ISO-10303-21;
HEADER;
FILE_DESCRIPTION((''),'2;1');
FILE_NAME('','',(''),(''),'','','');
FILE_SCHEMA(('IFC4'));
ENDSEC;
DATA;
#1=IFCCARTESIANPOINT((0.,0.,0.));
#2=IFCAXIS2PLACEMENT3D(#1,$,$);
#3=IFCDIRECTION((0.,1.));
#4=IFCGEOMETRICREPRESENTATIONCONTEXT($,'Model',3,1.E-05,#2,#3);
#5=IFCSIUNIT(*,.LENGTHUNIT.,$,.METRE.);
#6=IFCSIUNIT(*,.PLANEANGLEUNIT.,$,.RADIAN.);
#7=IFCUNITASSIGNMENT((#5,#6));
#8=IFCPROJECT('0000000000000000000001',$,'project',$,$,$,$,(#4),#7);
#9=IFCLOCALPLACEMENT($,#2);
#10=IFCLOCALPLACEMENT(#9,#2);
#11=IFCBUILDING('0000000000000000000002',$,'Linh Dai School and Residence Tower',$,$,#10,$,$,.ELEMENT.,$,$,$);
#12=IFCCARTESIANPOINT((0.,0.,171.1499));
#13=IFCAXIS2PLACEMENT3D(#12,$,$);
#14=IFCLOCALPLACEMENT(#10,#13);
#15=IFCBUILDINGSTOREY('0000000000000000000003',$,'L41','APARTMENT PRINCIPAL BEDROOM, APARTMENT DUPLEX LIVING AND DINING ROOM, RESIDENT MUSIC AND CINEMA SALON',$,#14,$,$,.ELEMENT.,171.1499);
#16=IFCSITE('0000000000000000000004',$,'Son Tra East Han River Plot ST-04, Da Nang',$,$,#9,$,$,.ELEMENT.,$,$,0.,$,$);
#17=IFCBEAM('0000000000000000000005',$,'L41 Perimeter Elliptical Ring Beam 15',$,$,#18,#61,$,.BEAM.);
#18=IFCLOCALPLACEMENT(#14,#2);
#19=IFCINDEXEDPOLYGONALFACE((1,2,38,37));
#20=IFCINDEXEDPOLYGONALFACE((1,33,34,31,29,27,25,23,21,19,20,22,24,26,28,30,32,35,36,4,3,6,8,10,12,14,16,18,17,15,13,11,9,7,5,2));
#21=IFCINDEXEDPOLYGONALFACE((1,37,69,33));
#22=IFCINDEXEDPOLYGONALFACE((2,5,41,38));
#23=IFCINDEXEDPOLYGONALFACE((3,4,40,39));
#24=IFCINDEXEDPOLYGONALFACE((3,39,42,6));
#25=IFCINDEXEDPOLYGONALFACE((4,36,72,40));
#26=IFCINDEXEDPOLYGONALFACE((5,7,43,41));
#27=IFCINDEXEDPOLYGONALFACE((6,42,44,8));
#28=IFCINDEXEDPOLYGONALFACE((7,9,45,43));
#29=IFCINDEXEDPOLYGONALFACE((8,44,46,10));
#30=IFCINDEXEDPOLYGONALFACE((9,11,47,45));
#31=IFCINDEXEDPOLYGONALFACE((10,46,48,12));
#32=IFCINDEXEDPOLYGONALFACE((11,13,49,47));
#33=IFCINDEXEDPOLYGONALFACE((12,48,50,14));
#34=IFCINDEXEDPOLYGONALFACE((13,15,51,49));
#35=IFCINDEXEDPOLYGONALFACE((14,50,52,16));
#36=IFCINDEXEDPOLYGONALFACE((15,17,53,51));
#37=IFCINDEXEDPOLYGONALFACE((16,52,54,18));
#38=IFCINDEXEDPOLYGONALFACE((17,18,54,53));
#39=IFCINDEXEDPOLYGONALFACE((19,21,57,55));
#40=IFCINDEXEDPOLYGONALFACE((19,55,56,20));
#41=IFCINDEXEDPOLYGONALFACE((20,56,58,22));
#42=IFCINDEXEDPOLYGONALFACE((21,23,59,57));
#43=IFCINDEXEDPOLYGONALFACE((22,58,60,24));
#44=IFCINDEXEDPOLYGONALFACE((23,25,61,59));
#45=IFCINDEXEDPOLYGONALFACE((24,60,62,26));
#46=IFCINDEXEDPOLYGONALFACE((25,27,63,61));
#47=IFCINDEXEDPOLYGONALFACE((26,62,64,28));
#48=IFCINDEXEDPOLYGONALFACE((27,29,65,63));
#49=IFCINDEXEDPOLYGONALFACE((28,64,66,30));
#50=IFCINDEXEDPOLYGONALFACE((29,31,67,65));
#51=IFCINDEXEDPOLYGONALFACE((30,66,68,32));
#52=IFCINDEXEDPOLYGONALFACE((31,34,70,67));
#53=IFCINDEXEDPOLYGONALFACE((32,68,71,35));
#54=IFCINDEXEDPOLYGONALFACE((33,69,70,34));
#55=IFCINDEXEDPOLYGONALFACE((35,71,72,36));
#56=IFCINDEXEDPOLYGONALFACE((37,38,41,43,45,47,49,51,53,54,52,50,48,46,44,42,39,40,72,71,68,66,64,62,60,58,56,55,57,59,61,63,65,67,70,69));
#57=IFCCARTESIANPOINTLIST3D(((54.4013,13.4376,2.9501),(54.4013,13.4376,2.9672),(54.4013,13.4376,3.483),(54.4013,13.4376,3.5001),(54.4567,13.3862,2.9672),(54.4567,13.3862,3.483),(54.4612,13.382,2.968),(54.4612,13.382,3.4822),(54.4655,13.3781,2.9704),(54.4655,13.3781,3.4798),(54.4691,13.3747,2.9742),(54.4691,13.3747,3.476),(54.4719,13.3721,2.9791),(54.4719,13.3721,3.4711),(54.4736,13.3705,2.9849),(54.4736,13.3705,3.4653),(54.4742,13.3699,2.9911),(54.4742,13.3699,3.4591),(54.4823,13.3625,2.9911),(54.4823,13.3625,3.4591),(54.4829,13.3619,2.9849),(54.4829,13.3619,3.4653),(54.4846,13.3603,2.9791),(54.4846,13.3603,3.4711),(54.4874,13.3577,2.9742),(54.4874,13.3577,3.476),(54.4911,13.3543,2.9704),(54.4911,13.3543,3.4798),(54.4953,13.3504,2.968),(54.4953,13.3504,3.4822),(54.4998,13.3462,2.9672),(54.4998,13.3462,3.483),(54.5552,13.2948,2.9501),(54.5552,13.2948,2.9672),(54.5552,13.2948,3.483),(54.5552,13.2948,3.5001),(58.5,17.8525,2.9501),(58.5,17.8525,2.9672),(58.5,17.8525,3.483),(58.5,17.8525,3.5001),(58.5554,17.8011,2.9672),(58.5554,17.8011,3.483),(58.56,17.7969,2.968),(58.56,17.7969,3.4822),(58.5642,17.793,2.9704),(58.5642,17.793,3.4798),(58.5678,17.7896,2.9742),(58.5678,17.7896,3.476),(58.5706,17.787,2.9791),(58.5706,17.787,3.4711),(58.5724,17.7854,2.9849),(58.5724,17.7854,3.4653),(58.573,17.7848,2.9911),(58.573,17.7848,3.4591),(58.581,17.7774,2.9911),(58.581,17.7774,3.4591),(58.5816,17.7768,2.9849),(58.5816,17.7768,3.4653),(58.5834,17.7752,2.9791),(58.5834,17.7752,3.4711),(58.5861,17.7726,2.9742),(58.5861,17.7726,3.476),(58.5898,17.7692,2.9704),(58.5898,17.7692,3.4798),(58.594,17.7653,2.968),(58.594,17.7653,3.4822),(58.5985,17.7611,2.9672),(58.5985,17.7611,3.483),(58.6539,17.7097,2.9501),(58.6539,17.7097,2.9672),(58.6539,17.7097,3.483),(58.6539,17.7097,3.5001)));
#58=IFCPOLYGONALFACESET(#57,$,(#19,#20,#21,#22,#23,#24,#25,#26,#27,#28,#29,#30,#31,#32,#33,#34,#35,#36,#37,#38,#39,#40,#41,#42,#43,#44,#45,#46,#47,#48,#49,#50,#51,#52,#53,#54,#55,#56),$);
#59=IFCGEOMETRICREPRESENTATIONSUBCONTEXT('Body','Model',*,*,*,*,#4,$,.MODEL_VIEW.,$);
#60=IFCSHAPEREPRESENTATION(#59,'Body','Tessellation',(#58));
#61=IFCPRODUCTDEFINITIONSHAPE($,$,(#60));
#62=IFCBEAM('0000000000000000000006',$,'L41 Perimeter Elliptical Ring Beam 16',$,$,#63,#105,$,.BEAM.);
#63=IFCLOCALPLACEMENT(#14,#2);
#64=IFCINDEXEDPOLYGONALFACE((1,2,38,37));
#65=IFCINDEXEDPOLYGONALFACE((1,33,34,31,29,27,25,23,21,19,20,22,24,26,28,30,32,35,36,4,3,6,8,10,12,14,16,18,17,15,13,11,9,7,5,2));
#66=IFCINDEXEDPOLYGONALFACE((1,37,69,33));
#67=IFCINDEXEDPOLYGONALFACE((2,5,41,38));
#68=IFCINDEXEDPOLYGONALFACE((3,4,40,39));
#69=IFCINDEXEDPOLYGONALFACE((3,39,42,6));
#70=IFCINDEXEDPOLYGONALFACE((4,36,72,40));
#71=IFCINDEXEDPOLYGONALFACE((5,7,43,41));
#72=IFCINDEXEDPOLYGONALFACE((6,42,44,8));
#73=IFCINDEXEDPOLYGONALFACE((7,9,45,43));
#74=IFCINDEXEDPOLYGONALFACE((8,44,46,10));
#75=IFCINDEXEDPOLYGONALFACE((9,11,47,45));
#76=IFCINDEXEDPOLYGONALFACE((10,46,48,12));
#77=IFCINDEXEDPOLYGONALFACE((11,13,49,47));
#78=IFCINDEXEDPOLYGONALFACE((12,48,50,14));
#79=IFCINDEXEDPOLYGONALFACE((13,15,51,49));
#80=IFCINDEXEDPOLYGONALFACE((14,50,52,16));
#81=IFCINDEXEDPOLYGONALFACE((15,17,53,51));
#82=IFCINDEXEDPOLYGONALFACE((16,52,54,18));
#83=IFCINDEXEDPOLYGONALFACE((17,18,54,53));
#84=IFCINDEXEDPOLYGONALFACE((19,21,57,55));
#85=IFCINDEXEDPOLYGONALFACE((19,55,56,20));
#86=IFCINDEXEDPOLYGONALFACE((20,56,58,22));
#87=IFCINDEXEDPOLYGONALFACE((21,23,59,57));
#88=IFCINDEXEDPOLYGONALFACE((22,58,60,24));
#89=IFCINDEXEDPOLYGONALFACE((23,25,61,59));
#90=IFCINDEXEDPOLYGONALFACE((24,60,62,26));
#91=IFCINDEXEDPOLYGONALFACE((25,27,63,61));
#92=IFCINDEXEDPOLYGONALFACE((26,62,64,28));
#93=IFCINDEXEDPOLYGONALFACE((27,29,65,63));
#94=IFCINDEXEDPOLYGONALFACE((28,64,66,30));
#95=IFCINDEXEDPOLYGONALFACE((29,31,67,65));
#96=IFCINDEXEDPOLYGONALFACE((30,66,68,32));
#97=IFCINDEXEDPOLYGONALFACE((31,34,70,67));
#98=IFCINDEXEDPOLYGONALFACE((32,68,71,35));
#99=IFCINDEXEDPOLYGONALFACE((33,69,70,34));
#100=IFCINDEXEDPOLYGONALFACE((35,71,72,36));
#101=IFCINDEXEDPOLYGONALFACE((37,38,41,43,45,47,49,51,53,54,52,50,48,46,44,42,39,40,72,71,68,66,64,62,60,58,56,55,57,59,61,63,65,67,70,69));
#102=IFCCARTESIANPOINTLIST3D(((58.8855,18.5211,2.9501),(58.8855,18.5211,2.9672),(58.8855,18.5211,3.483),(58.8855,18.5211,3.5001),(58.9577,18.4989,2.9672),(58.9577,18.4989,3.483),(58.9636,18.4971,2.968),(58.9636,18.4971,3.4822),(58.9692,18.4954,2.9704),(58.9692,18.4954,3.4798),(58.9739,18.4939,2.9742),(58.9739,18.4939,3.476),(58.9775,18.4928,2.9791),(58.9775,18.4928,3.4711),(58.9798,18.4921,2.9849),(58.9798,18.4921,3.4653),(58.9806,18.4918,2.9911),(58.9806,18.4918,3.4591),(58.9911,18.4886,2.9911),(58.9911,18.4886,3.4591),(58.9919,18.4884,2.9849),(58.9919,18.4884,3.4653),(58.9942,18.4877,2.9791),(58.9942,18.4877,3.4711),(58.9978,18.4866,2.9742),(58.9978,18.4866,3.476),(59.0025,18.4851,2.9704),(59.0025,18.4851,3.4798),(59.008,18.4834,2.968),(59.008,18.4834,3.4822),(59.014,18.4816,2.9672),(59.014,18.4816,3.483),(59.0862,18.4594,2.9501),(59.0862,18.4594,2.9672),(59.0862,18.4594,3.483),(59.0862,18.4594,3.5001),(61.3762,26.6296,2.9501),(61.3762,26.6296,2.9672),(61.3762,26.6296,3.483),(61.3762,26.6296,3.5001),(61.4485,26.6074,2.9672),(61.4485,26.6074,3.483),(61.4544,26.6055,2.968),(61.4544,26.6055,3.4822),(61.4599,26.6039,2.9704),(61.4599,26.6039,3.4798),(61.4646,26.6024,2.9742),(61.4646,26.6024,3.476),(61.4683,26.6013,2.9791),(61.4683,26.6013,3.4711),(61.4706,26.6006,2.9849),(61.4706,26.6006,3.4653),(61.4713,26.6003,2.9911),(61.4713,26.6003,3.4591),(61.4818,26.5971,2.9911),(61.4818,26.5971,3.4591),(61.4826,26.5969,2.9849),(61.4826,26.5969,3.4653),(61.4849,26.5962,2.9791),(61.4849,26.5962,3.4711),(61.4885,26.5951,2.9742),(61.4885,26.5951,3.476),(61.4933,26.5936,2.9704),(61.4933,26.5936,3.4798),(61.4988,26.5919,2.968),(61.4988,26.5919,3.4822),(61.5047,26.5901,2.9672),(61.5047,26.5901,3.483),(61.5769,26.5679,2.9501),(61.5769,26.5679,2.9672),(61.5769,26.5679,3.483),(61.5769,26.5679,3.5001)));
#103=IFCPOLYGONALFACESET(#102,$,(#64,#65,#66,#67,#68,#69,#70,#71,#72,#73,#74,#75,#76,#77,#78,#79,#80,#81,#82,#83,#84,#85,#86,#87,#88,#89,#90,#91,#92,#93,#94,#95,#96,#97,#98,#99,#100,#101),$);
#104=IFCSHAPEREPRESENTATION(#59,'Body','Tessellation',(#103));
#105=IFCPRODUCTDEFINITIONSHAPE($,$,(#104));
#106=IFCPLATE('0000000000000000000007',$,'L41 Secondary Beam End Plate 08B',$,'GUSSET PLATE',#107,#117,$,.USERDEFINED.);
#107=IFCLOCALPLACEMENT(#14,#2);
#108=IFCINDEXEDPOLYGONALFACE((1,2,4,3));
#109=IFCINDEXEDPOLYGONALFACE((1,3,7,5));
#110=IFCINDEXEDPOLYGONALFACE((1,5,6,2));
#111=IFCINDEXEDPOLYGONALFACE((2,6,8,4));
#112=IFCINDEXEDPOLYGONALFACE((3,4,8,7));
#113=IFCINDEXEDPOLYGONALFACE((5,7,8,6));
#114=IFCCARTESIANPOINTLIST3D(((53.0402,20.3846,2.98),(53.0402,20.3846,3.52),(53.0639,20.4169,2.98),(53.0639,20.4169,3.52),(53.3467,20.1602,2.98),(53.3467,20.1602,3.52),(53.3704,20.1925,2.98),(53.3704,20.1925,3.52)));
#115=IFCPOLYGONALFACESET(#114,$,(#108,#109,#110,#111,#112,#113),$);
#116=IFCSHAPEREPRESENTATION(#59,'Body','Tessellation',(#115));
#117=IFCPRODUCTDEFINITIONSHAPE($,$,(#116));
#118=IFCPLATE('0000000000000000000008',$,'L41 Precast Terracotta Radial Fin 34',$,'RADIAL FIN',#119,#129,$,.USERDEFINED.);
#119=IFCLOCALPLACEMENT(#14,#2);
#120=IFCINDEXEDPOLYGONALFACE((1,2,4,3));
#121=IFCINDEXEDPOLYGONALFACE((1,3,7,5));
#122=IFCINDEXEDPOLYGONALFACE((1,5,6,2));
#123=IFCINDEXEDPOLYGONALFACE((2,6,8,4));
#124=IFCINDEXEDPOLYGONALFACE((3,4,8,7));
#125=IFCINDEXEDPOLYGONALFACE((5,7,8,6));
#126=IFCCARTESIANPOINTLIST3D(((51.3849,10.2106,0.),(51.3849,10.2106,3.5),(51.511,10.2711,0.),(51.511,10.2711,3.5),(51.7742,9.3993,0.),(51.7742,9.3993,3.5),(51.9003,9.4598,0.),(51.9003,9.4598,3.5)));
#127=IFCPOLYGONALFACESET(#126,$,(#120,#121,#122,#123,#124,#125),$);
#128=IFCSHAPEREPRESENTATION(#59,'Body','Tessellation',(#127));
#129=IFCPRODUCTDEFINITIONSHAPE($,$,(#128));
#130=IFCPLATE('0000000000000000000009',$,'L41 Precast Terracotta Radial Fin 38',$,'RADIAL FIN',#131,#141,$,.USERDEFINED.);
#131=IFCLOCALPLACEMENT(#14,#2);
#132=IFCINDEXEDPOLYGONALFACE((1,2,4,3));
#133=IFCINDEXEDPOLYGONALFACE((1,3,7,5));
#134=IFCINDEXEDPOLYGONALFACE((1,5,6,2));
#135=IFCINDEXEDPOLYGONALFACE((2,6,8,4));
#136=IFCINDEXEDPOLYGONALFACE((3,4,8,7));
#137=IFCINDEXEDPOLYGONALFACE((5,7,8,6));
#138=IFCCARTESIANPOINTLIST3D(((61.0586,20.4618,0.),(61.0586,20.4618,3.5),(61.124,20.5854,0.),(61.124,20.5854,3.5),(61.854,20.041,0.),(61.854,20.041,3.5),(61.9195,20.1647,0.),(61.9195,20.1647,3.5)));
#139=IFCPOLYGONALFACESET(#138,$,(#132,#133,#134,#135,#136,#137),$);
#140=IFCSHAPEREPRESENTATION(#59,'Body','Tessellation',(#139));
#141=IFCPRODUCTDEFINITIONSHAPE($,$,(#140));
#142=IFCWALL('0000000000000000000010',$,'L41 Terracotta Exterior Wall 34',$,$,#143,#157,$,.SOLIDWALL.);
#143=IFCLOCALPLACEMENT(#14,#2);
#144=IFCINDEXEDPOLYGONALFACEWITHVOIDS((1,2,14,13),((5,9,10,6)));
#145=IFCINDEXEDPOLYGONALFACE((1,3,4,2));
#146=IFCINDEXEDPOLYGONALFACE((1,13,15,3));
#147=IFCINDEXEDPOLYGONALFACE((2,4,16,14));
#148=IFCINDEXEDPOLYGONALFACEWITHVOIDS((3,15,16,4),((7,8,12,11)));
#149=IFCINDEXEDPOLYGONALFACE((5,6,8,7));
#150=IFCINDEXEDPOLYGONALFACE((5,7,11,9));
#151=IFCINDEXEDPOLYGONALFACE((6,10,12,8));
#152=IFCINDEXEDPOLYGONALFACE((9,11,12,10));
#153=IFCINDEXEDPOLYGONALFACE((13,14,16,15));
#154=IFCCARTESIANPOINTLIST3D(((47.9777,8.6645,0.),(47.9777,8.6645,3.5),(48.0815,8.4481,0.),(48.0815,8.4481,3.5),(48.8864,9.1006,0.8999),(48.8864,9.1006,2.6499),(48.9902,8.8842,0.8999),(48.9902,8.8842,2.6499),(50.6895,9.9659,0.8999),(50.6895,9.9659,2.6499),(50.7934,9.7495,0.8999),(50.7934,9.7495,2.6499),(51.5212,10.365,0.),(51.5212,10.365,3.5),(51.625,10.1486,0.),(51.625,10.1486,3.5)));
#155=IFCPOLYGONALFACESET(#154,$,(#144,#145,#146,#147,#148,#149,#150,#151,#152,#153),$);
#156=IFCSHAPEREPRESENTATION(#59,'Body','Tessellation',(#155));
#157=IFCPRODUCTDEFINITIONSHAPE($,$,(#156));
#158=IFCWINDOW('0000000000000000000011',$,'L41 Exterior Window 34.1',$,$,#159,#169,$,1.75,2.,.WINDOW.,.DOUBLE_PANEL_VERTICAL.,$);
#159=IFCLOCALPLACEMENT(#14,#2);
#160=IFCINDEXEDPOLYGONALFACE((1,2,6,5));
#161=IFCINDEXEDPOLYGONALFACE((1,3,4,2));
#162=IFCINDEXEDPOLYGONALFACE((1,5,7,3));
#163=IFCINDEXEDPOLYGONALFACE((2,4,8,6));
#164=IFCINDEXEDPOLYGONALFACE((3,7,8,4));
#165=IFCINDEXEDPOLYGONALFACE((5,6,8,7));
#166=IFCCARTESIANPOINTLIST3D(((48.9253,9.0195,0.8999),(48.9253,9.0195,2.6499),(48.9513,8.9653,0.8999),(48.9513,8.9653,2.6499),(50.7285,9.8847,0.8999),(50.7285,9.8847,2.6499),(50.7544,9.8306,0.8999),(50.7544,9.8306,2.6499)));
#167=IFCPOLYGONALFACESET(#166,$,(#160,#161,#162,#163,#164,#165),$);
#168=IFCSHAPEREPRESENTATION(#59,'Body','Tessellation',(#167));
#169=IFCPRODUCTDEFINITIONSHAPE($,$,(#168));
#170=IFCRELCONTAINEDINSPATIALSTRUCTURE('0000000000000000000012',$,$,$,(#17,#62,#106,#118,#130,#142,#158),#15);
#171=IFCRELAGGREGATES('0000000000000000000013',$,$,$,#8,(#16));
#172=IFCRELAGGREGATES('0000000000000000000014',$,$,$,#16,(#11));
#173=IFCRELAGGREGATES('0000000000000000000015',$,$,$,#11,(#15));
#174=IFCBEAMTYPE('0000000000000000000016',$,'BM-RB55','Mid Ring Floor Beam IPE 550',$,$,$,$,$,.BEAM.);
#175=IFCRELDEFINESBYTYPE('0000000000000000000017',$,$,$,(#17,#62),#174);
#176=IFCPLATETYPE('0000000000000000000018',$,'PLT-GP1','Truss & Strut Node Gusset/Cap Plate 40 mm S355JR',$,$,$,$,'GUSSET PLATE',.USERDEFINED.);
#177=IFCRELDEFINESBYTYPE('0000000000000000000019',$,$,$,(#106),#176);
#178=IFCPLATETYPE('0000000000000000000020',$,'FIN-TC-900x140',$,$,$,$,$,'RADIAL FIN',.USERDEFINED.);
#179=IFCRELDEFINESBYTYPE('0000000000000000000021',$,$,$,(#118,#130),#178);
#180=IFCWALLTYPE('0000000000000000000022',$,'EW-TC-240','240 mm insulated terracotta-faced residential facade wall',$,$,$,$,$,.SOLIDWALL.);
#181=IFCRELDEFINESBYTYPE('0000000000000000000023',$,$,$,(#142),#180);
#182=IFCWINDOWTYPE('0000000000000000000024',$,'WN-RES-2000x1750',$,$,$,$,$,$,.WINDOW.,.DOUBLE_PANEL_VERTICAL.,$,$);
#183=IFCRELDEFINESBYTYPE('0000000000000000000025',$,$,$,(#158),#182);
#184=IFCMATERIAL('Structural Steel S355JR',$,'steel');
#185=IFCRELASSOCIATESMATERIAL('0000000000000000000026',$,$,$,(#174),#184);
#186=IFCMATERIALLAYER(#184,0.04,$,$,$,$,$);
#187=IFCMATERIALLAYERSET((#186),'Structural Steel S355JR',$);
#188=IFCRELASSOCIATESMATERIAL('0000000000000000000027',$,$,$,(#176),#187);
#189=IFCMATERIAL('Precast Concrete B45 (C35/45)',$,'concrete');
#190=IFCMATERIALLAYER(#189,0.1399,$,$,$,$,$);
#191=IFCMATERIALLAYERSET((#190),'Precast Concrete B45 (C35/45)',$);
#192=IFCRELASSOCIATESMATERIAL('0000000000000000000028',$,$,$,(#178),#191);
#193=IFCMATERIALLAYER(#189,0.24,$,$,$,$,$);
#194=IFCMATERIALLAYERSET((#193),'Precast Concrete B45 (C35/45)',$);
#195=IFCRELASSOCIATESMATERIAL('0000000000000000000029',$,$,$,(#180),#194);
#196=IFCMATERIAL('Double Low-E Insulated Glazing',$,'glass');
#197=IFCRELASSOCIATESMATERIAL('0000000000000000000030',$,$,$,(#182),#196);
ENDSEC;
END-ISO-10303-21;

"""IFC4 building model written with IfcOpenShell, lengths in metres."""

from ifc_helpers import new_model, si_unit, direction, frame, frame_2d, origin, origin_2d, place, context, subcontext, project, spatial, rectangle, i_section, extrude, source, transform, mapped, material, layer, layer_set, material_profile, profile_set, type_object, element, fill, save


model = new_model("IFC4")

# Units and contexts
model_context = context("Model", 3, precision=1e-05, world=origin(), true_north=direction((0.0, 1.0)))
body_context = subcontext(model_context, "Body", "Model", "MODEL_VIEW")
ifc_project = project(units=[si_unit("LENGTHUNIT", "METRE"), si_unit("PLANEANGLEUNIT", "RADIAN")], contexts=[model_context])

# Site, building, storey
site_placement = place(None, origin())
site = spatial("IfcSite", under=ifc_project, at=site_placement, Name="Son Tra East Han River Plot ST-04, Da Nang", CompositionType="ELEMENT", RefElevation=0.0)
building_placement = place(site_placement, origin())
building = spatial("IfcBuilding", under=site, at=building_placement, Name="Linh Dai School and Residence Tower", CompositionType="ELEMENT")
storey_placement = place(building_placement, frame((0.0, 0.0, 171.1499)))
storey = spatial("IfcBuildingStorey", under=building, at=storey_placement, Name="L41", Description="APARTMENT PRINCIPAL BEDROOM, APARTMENT DUPLEX LIVING AND DINING ROOM, RESIDENT MUSIC AND CINEMA SALON", CompositionType="ELEMENT", Elevation=171.1499)

# Shared definitions
ifc_material_1 = material(Name="Structural Steel S355JR", Category="steel")

# Beams
ifc_material_profile_1 = material_profile(ifc_material_1, i_section(OverallWidth=0.21, OverallDepth=0.55, WebThickness=0.011, FlangeThickness=0.0171, FilletRadius=0.0239, at=origin_2d()), Name="IPE 550")
ifc_profile_set_1 = profile_set([ifc_material_profile_1], Name="Structural Steel S355JR")
beam_type = type_object("IfcBeamType", Name="BM-RB55", Description="Mid Ring Floor Beam IPE 550", PredefinedType="BEAM", material=ifc_profile_set_1)
beam_1_placement = place(storey_placement, frame((54.4783, 13.3662, 3.2251), z_axis=(0.680378, 0.732861, 0.0), x_axis=(-0.732861, 0.680378, 0.0)))
element("IfcBeam", 1, at=beam_1_placement, inside=storey, type_object=beam_type, Name="L41 Perimeter Elliptical Ring Beam 15", PredefinedType="BEAM", context=body_context, shape_type="SweptSolid", body=[
    extrude(i_section(OverallWidth=0.21, OverallDepth=0.55, WebThickness=0.011, FlangeThickness=0.0171, FilletRadius=0.0239, at=origin_2d()), origin(), (0.0, 0.0, 1.0), 6.0242),
])
beam_2_placement = place(storey_placement, frame((58.9858, 18.4902, 3.2251), z_axis=(0.293637, 0.955917, 0.0), x_axis=(-0.955917, 0.293637, 0.0)))
element("IfcBeam", 2, at=beam_2_placement, inside=storey, type_object=beam_type, Name="L41 Perimeter Elliptical Ring Beam 16", PredefinedType="BEAM", context=body_context, shape_type="SweptSolid", body=[
    extrude(i_section(OverallWidth=0.21, OverallDepth=0.55, WebThickness=0.011, FlangeThickness=0.0171, FilletRadius=0.0239, at=origin_2d()), origin(), (0.0, 0.0, 1.0), 8.4824),
])

# Plates
ifc_layer_1 = layer(ifc_material_1, 0.04)
ifc_layer_set_1 = layer_set([ifc_layer_1], Name="Structural Steel S355JR")
plate_type_1 = type_object("IfcPlateType", Name="PLT-GP1", Description="Truss & Strut Node Gusset/Cap Plate 40 mm S355JR", ElementType="GUSSET PLATE", PredefinedType="USERDEFINED", material=ifc_layer_set_1)
shared_shape_1 = source(origin(), body_context, "Body", "SweptSolid", [
    extrude(rectangle(XDim=0.04, YDim=0.3799, at=origin_2d()), origin(), (0.0, 0.0, 1.0), 0.54),
])
plate_placement = place(storey_placement, frame((53.2053, 20.2886, 2.98), z_axis=(0.0, 0.0, 1.0), x_axis=(0.590797, 0.80682, 0.0)))
element("IfcPlate", 3, at=plate_placement, inside=storey, type_object=plate_type_1, Name="L41 Secondary Beam End Plate 08B", ObjectType="GUSSET PLATE", PredefinedType="USERDEFINED", context=body_context, shape_type="MappedRepresentation", body=[
    mapped(shared_shape_1, transform((0.0, 0.0, 0.0), x_axis=(1.0, 0.0, 0.0), y_axis=(0.0, 1.0, 0.0), z_axis=(0.0, 0.0, 1.0), scale=1.0)),
])
ifc_material_2 = material(Name="Precast Concrete B45 (C35/45)", Category="concrete")
ifc_layer_2 = layer(ifc_material_2, 0.1399)
ifc_layer_set_2 = layer_set([ifc_layer_2], Name="Precast Concrete B45 (C35/45)")
plate_type_2 = type_object("IfcPlateType", Name="FIN-TC-900x140", ElementType="RADIAL FIN", PredefinedType="USERDEFINED", material=ifc_layer_set_2)
shared_shape_2 = source(origin(), body_context, "Body", "SweptSolid", [
    extrude(rectangle(XDim=0.8999, YDim=0.1399, at=origin_2d()), origin(), (0.0, 0.0, 1.0), 3.5),
])
for number, where, z_axis, x_axis, name in (
    (4, (51.6426, 9.8352, 0.0), (0.0, 0.0, 1.0), (0.432635, -0.901569, 0.0), "L41 Precast Terracotta Radial Fin 34"),
    (5, (61.489, 20.3132, 0.0), (0.0, 0.0, 1.0), (0.883951, -0.46758, 0.0), "L41 Precast Terracotta Radial Fin 38"),
):
    element("IfcPlate", number, at=place(storey_placement, frame(where, z_axis=z_axis, x_axis=x_axis)), inside=storey, type_object=plate_type_2, Name=name, ObjectType="RADIAL FIN", PredefinedType="USERDEFINED", context=body_context, shape_type="MappedRepresentation", body=[
        mapped(shared_shape_2, transform((0.0, 0.0, 0.0), x_axis=(1.0, 0.0, 0.0), y_axis=(0.0, 1.0, 0.0), z_axis=(0.0, 0.0, 1.0), scale=1.0)),
    ])

# Wall, opening, window
ifc_layer_3 = layer(ifc_material_2, 0.24)
ifc_layer_set_3 = layer_set([ifc_layer_3], Name="Precast Concrete B45 (C35/45)")
wall_type_1 = type_object("IfcWallType", Name="EW-TC-240", Description="240 mm insulated terracotta-faced residential facade wall", PredefinedType="SOLIDWALL", material=ifc_layer_set_3)
wall_1_placement = place(storey_placement, frame((51.5732, 10.2568, 0.0), z_axis=(0.0, 0.0, 1.0), x_axis=(-0.901565, -0.432644, 0.0)))
wall_1 = element("IfcWall", 6, at=wall_1_placement, inside=storey, type_object=wall_type_1, Name="L41 Terracotta Exterior Wall 34", PredefinedType="SOLIDWALL", context=body_context, shape_type="SweptSolid", body=[
    extrude(rectangle(XDim=3.9304, YDim=0.24, at=frame_2d((1.9653, 0.0))), origin(), (0.0, 0.0, 1.0), 3.5),
])
opening_1_placement = place(wall_1_placement, frame((0.9226, 0.0, 0.8999)))
opening_1 = element("IfcOpeningElement", 7, at=opening_1_placement, cuts=wall_1, PredefinedType="OPENING", context=body_context, shape_type="SweptSolid", body=[
    extrude(rectangle(XDim=2.0, YDim=1.75, at=origin_2d()), frame((1.0, 0.1299, 0.875), z_axis=(0.0, -1.0, 0.0), x_axis=(1.0, 0.0, 0.0)), (0.0, 0.0, 1.0), 0.26),
])
ifc_material_3 = material(Name="Double Low-E Insulated Glazing", Category="glass")
window_type_1 = type_object("IfcWindowType", Name="WN-RES-2000x1750", PartitioningType="DOUBLE_PANEL_VERTICAL", PredefinedType="WINDOW", material=ifc_material_3)
shared_shape_3 = source(origin(), body_context, "Body", "SweptSolid", [
    extrude(rectangle(XDim=2.0, YDim=1.75, at=origin_2d()), frame((1.0, 0.03, 0.875), z_axis=(0.0, -1.0, 0.0), x_axis=(1.0, 0.0, 0.0)), (0.0, 0.0, 1.0), 0.0601),
])
window_1_placement = place(opening_1_placement, origin())
window_1 = element("IfcWindow", 8, at=window_1_placement, inside=storey, type_object=window_type_1, Name="L41 Exterior Window 34.1", OverallHeight=1.75, OverallWidth=2.0, PartitioningType="DOUBLE_PANEL_VERTICAL", PredefinedType="WINDOW", context=body_context, shape_type="MappedRepresentation", body=[
    mapped(shared_shape_3, transform((0.0, 0.0, 0.0), x_axis=(1.0, 0.0, 0.0), y_axis=(0.0, 1.0, 0.0), z_axis=(0.0, 0.0, 1.0), scale=1.0)),
])
fill(opening_1, window_1)

save(model, "model.ifc")
